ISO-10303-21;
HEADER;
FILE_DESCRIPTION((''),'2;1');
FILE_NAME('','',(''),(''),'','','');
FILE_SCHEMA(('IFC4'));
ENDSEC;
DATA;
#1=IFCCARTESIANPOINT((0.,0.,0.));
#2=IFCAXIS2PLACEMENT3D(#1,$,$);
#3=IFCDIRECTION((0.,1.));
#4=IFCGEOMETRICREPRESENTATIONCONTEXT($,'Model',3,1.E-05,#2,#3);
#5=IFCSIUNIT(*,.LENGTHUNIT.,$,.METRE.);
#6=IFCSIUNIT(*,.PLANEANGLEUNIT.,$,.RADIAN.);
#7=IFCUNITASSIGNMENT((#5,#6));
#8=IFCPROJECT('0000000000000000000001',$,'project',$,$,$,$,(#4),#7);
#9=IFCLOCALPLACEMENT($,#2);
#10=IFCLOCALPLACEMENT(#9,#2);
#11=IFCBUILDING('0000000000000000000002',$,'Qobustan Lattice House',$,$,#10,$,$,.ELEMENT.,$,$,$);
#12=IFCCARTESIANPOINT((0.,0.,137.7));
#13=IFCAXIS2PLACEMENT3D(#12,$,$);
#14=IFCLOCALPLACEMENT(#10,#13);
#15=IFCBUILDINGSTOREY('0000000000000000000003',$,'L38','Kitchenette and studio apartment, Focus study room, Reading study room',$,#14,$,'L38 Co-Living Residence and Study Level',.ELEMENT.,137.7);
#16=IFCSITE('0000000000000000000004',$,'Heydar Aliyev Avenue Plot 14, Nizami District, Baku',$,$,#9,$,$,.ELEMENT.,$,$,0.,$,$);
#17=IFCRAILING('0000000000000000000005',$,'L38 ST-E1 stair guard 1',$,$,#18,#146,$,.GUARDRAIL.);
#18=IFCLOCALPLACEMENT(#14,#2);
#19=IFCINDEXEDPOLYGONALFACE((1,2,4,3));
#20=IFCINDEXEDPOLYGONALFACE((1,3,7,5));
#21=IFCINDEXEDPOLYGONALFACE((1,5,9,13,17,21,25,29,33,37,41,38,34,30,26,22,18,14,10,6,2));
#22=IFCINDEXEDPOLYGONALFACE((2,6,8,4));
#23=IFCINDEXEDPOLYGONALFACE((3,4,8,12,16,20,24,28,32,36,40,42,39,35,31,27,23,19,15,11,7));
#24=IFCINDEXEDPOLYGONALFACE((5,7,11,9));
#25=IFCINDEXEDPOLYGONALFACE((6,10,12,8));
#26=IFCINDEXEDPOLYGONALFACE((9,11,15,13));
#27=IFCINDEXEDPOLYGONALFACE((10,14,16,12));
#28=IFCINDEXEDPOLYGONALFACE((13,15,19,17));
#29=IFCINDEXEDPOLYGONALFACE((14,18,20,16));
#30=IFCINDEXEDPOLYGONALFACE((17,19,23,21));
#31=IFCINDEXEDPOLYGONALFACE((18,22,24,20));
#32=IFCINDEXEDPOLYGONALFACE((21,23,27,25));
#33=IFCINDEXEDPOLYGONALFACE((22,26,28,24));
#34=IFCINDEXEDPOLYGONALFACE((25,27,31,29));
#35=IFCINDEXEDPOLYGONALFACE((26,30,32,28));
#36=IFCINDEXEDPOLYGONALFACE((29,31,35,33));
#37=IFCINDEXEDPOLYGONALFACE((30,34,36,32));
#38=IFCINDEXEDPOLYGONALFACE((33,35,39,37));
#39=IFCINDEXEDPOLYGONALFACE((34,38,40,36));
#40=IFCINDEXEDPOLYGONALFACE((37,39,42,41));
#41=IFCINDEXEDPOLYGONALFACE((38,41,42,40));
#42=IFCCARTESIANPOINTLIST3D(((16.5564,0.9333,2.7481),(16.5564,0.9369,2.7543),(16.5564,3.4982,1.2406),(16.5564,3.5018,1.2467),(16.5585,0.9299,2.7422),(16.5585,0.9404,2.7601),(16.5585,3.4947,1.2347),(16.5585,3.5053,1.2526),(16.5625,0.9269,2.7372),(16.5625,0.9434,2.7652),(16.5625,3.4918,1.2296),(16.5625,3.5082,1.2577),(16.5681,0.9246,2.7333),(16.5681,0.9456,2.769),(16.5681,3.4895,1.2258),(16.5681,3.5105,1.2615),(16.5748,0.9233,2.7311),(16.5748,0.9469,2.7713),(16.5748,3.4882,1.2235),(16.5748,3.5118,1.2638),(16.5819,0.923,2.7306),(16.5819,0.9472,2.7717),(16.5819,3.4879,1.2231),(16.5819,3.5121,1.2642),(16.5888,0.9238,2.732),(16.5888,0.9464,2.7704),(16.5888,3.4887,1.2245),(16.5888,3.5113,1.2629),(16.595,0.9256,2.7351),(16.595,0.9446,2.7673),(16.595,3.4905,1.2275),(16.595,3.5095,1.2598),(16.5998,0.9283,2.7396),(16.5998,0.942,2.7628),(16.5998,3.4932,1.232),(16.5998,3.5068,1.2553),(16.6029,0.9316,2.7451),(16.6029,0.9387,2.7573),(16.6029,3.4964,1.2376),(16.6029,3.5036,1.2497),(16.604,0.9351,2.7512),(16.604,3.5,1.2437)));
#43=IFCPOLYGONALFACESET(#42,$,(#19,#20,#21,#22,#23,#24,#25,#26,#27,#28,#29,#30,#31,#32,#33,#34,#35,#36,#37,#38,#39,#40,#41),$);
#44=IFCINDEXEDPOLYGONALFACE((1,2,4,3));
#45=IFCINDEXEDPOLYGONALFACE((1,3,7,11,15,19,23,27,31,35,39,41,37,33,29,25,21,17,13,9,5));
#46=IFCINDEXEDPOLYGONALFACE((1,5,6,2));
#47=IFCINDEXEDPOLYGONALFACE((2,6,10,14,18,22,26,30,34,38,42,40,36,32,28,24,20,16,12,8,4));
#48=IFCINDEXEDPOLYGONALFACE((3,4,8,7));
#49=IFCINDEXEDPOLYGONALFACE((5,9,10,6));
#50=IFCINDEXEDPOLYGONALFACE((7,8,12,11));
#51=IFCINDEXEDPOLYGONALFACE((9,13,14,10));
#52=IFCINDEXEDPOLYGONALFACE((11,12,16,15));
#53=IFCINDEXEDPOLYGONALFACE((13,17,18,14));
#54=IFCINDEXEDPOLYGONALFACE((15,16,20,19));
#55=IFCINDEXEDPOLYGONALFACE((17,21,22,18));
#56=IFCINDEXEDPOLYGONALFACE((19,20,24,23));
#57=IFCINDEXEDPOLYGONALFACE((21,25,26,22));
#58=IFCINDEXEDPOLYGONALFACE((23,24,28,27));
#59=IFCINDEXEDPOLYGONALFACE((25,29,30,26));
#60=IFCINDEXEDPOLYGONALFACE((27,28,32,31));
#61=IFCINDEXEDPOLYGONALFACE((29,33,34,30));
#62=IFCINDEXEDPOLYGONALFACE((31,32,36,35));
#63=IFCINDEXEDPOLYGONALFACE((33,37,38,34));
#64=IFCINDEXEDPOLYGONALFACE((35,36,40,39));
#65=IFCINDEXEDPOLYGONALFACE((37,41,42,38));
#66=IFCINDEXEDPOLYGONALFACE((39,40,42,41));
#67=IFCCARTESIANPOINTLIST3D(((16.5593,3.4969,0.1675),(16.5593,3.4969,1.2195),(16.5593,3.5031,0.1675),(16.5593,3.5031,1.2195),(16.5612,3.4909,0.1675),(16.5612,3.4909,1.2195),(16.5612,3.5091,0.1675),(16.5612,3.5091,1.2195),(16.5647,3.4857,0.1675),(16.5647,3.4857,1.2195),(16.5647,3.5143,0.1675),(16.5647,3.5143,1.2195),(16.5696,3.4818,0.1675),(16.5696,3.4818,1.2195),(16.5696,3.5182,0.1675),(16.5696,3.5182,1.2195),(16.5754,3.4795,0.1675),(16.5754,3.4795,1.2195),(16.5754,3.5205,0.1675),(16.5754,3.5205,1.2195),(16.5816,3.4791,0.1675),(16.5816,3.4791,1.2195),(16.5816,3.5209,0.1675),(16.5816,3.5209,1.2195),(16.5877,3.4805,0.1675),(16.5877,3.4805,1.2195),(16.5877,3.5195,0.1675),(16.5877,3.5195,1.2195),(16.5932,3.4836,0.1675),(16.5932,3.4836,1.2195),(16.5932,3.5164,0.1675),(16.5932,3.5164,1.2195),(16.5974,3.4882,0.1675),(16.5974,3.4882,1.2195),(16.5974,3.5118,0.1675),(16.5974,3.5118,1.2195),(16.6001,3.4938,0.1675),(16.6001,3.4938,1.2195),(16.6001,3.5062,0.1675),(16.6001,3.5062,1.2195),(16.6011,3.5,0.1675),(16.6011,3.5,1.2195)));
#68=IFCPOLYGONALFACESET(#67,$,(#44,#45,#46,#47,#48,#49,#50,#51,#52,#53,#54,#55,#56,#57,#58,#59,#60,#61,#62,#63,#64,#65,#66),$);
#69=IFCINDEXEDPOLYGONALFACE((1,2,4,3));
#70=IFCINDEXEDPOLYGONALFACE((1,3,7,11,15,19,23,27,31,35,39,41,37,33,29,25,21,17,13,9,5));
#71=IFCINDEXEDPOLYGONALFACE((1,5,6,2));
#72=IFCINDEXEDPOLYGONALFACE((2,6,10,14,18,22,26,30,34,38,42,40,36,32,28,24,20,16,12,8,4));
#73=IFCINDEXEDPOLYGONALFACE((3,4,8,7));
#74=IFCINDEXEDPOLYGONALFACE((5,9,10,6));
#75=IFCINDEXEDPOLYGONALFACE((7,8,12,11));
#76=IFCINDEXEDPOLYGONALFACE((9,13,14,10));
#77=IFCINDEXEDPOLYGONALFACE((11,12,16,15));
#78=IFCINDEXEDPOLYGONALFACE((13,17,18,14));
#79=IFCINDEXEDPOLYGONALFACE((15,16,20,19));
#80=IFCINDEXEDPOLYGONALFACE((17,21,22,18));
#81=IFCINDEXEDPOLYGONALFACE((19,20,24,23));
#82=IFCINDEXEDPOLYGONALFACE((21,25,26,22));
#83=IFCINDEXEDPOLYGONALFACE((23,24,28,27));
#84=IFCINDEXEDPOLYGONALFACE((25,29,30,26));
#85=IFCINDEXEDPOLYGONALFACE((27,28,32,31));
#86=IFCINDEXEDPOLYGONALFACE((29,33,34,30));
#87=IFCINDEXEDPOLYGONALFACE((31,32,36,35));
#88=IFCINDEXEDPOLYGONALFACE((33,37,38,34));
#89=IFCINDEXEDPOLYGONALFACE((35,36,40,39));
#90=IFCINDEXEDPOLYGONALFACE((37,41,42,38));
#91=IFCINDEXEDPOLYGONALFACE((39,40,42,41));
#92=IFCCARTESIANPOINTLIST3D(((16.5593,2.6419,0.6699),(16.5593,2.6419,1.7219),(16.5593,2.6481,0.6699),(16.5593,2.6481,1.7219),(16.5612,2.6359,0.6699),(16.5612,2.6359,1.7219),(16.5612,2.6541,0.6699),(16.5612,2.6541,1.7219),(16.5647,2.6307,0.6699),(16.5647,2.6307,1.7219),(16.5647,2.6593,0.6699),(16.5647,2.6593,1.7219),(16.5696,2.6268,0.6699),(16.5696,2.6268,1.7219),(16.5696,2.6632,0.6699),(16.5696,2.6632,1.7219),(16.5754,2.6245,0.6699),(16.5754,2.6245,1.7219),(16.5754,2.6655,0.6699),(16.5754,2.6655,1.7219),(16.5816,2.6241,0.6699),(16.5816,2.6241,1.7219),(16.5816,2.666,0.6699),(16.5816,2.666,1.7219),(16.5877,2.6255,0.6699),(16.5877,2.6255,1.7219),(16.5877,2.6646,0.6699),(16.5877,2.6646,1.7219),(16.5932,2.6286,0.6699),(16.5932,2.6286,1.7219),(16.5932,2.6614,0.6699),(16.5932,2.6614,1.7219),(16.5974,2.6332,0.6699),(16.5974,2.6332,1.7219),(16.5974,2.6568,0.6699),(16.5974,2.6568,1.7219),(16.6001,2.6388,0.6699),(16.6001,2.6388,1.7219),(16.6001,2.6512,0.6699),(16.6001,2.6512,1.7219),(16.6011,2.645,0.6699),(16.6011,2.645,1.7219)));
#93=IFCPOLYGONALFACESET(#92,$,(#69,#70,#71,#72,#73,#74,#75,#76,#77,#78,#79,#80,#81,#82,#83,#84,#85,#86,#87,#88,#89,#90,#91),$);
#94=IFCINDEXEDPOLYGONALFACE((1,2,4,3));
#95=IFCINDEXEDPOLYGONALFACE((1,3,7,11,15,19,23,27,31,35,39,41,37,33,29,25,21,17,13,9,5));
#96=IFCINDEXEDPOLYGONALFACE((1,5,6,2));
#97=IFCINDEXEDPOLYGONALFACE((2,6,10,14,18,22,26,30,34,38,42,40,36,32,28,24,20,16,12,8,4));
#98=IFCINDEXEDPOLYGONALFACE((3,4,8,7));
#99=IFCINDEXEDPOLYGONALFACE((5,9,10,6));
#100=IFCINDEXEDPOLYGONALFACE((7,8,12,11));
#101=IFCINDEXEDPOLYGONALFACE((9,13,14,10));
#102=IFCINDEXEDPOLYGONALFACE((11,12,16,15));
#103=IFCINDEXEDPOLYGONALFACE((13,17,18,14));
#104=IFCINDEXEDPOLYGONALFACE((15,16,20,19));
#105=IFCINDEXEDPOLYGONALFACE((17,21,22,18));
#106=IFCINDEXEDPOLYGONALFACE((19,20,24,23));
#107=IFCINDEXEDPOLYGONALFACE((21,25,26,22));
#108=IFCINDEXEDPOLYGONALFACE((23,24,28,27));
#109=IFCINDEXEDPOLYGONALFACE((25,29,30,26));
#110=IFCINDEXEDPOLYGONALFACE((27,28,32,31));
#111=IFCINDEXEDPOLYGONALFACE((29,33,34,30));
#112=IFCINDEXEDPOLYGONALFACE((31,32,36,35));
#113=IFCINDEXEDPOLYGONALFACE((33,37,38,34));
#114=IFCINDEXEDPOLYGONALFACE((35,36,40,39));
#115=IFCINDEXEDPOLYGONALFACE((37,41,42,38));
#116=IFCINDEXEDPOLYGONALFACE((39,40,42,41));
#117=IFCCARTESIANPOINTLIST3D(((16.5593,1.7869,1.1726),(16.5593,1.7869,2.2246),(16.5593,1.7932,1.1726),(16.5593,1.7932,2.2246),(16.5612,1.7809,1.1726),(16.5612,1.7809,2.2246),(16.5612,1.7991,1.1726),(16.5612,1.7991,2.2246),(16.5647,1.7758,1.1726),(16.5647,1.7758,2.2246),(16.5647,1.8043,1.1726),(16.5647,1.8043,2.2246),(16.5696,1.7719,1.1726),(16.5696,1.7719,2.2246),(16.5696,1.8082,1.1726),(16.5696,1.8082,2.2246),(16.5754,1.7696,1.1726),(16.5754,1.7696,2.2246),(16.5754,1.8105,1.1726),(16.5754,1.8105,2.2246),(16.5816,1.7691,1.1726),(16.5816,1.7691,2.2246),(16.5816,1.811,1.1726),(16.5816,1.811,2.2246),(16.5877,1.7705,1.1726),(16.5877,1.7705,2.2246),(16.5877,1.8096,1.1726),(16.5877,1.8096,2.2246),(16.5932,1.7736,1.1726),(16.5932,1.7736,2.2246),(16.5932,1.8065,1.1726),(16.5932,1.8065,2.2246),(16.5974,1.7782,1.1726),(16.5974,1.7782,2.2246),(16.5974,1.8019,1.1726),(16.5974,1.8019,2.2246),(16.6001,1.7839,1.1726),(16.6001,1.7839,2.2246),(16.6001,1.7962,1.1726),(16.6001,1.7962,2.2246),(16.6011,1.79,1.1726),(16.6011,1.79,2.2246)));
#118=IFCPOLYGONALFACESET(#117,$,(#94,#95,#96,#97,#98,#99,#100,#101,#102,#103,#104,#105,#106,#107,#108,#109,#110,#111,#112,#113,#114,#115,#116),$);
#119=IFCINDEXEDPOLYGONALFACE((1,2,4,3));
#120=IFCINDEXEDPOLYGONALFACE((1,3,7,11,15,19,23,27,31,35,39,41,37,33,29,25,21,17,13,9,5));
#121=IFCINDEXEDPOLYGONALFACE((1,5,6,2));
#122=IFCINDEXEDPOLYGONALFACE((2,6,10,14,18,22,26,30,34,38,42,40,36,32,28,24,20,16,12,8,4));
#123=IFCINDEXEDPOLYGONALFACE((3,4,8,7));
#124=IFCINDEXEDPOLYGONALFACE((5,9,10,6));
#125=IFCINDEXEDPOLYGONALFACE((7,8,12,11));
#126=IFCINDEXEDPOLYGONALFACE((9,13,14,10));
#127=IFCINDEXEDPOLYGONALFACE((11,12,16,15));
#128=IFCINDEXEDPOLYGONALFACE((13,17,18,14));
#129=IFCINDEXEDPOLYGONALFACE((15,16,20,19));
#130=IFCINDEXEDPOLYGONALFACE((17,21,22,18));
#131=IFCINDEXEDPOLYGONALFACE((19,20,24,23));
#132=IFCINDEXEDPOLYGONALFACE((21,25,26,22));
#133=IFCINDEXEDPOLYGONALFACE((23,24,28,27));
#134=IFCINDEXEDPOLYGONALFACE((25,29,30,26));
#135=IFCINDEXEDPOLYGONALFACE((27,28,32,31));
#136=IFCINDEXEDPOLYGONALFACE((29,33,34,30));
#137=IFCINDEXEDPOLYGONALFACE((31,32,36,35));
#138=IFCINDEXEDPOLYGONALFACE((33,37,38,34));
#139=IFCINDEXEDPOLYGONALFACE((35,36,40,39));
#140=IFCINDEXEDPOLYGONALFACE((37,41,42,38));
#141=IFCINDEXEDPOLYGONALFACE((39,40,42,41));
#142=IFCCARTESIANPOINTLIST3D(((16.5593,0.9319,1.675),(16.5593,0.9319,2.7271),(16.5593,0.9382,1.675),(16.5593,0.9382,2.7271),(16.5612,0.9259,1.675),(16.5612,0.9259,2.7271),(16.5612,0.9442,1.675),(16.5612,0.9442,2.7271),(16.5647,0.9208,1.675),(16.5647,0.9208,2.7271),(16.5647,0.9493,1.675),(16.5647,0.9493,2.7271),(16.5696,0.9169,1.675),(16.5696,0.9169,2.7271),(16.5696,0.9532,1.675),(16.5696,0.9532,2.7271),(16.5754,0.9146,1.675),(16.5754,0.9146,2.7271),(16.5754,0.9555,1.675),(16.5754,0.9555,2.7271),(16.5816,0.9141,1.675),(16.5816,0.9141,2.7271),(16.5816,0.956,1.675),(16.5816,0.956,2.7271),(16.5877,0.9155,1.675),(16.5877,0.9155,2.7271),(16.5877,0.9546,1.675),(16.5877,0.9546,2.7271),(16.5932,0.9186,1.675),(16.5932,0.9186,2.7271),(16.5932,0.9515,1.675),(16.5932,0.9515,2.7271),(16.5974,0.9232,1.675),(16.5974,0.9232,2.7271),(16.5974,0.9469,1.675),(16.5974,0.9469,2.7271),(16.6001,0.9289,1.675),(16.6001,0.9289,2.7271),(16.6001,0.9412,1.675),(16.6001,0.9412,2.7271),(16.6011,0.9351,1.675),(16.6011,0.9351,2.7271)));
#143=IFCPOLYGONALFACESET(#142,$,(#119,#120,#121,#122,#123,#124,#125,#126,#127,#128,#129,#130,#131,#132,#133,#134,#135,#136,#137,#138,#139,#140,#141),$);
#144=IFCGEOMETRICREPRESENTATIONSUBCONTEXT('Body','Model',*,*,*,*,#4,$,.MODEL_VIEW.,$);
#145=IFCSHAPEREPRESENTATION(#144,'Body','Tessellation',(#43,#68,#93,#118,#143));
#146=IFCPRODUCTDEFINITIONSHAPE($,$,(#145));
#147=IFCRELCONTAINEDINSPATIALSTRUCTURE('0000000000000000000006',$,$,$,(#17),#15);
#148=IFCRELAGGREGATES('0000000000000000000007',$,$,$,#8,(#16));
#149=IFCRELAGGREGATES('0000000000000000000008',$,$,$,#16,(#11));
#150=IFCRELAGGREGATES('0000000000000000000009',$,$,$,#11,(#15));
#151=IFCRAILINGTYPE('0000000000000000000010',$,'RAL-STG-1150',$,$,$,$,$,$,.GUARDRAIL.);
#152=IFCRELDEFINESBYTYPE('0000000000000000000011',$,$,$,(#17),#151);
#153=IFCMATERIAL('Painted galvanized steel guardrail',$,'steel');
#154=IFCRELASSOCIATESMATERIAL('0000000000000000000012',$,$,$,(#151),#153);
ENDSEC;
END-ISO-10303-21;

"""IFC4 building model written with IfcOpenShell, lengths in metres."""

from ifc_helpers import new_model, si_unit, direction, frame, origin, origin_2d, place, context, subcontext, project, spatial, circle, extrude, material, type_object, element, save


model = new_model("IFC4")

# Units and contexts
model_context = context("Model", 3, precision=1e-05, world=origin(), true_north=direction((0.0, 1.0)))
body_context = subcontext(model_context, "Body", "Model", "MODEL_VIEW")
ifc_project = project(units=[si_unit("LENGTHUNIT", "METRE"), si_unit("PLANEANGLEUNIT", "RADIAN")], contexts=[model_context])

# Site, building, storey
site_placement = place(None, origin())
site = spatial("IfcSite", under=ifc_project, at=site_placement, Name="Heydar Aliyev Avenue Plot 14, Nizami District, Baku", CompositionType="ELEMENT", RefElevation=0.0)
building_placement = place(site_placement, origin())
building = spatial("IfcBuilding", under=site, at=building_placement, Name="Qobustan Lattice House", CompositionType="ELEMENT")
storey_placement = place(building_placement, frame((0.0, 0.0, 137.7)))
storey = spatial("IfcBuildingStorey", under=building, at=storey_placement, Name="L38", Description="Kitchenette and studio apartment, Focus study room, Reading study room", LongName="L38 Co-Living Residence and Study Level", CompositionType="ELEMENT", Elevation=137.7)

# Railing
ifc_material_1 = material(Name="Painted galvanized steel guardrail", Category="steel")
railing_type_1 = type_object("IfcRailingType", Name="RAL-STG-1150", PredefinedType="GUARDRAIL", material=ifc_material_1)
railing_1_placement = place(storey_placement, frame((16.5801, 3.5, 0.1675)))
element("IfcRailing", 1, at=railing_1_placement, inside=storey, type_object=railing_type_1, Name="L38 ST-E1 stair guard 1", PredefinedType="GUARDRAIL", context=body_context, shape_type="SweptSolid", body=[
    extrude(circle(Radius=0.0239, at=origin_2d()), frame((0.0, 0.0, 1.0762), z_axis=(0.0, -0.862113, 0.506715), x_axis=(1.0, 0.0, 0.0)), (0.0, 0.0, 1.0), 2.9751),
    extrude(circle(Radius=0.021, at=origin_2d()), origin(), (0.0, 0.0, 1.0), 1.052),
    extrude(circle(Radius=0.021, at=origin_2d()), frame((0.0, -0.855, 0.5024)), (0.0, 0.0, 1.0), 1.052),
    extrude(circle(Radius=0.021, at=origin_2d()), frame((0.0, -1.71, 1.0051)), (0.0, 0.0, 1.0), 1.052),
    extrude(circle(Radius=0.021, at=origin_2d()), frame((0.0, -2.5649, 1.5076)), (0.0, 0.0, 1.0), 1.052),
])

save(model, "model.ifc")
